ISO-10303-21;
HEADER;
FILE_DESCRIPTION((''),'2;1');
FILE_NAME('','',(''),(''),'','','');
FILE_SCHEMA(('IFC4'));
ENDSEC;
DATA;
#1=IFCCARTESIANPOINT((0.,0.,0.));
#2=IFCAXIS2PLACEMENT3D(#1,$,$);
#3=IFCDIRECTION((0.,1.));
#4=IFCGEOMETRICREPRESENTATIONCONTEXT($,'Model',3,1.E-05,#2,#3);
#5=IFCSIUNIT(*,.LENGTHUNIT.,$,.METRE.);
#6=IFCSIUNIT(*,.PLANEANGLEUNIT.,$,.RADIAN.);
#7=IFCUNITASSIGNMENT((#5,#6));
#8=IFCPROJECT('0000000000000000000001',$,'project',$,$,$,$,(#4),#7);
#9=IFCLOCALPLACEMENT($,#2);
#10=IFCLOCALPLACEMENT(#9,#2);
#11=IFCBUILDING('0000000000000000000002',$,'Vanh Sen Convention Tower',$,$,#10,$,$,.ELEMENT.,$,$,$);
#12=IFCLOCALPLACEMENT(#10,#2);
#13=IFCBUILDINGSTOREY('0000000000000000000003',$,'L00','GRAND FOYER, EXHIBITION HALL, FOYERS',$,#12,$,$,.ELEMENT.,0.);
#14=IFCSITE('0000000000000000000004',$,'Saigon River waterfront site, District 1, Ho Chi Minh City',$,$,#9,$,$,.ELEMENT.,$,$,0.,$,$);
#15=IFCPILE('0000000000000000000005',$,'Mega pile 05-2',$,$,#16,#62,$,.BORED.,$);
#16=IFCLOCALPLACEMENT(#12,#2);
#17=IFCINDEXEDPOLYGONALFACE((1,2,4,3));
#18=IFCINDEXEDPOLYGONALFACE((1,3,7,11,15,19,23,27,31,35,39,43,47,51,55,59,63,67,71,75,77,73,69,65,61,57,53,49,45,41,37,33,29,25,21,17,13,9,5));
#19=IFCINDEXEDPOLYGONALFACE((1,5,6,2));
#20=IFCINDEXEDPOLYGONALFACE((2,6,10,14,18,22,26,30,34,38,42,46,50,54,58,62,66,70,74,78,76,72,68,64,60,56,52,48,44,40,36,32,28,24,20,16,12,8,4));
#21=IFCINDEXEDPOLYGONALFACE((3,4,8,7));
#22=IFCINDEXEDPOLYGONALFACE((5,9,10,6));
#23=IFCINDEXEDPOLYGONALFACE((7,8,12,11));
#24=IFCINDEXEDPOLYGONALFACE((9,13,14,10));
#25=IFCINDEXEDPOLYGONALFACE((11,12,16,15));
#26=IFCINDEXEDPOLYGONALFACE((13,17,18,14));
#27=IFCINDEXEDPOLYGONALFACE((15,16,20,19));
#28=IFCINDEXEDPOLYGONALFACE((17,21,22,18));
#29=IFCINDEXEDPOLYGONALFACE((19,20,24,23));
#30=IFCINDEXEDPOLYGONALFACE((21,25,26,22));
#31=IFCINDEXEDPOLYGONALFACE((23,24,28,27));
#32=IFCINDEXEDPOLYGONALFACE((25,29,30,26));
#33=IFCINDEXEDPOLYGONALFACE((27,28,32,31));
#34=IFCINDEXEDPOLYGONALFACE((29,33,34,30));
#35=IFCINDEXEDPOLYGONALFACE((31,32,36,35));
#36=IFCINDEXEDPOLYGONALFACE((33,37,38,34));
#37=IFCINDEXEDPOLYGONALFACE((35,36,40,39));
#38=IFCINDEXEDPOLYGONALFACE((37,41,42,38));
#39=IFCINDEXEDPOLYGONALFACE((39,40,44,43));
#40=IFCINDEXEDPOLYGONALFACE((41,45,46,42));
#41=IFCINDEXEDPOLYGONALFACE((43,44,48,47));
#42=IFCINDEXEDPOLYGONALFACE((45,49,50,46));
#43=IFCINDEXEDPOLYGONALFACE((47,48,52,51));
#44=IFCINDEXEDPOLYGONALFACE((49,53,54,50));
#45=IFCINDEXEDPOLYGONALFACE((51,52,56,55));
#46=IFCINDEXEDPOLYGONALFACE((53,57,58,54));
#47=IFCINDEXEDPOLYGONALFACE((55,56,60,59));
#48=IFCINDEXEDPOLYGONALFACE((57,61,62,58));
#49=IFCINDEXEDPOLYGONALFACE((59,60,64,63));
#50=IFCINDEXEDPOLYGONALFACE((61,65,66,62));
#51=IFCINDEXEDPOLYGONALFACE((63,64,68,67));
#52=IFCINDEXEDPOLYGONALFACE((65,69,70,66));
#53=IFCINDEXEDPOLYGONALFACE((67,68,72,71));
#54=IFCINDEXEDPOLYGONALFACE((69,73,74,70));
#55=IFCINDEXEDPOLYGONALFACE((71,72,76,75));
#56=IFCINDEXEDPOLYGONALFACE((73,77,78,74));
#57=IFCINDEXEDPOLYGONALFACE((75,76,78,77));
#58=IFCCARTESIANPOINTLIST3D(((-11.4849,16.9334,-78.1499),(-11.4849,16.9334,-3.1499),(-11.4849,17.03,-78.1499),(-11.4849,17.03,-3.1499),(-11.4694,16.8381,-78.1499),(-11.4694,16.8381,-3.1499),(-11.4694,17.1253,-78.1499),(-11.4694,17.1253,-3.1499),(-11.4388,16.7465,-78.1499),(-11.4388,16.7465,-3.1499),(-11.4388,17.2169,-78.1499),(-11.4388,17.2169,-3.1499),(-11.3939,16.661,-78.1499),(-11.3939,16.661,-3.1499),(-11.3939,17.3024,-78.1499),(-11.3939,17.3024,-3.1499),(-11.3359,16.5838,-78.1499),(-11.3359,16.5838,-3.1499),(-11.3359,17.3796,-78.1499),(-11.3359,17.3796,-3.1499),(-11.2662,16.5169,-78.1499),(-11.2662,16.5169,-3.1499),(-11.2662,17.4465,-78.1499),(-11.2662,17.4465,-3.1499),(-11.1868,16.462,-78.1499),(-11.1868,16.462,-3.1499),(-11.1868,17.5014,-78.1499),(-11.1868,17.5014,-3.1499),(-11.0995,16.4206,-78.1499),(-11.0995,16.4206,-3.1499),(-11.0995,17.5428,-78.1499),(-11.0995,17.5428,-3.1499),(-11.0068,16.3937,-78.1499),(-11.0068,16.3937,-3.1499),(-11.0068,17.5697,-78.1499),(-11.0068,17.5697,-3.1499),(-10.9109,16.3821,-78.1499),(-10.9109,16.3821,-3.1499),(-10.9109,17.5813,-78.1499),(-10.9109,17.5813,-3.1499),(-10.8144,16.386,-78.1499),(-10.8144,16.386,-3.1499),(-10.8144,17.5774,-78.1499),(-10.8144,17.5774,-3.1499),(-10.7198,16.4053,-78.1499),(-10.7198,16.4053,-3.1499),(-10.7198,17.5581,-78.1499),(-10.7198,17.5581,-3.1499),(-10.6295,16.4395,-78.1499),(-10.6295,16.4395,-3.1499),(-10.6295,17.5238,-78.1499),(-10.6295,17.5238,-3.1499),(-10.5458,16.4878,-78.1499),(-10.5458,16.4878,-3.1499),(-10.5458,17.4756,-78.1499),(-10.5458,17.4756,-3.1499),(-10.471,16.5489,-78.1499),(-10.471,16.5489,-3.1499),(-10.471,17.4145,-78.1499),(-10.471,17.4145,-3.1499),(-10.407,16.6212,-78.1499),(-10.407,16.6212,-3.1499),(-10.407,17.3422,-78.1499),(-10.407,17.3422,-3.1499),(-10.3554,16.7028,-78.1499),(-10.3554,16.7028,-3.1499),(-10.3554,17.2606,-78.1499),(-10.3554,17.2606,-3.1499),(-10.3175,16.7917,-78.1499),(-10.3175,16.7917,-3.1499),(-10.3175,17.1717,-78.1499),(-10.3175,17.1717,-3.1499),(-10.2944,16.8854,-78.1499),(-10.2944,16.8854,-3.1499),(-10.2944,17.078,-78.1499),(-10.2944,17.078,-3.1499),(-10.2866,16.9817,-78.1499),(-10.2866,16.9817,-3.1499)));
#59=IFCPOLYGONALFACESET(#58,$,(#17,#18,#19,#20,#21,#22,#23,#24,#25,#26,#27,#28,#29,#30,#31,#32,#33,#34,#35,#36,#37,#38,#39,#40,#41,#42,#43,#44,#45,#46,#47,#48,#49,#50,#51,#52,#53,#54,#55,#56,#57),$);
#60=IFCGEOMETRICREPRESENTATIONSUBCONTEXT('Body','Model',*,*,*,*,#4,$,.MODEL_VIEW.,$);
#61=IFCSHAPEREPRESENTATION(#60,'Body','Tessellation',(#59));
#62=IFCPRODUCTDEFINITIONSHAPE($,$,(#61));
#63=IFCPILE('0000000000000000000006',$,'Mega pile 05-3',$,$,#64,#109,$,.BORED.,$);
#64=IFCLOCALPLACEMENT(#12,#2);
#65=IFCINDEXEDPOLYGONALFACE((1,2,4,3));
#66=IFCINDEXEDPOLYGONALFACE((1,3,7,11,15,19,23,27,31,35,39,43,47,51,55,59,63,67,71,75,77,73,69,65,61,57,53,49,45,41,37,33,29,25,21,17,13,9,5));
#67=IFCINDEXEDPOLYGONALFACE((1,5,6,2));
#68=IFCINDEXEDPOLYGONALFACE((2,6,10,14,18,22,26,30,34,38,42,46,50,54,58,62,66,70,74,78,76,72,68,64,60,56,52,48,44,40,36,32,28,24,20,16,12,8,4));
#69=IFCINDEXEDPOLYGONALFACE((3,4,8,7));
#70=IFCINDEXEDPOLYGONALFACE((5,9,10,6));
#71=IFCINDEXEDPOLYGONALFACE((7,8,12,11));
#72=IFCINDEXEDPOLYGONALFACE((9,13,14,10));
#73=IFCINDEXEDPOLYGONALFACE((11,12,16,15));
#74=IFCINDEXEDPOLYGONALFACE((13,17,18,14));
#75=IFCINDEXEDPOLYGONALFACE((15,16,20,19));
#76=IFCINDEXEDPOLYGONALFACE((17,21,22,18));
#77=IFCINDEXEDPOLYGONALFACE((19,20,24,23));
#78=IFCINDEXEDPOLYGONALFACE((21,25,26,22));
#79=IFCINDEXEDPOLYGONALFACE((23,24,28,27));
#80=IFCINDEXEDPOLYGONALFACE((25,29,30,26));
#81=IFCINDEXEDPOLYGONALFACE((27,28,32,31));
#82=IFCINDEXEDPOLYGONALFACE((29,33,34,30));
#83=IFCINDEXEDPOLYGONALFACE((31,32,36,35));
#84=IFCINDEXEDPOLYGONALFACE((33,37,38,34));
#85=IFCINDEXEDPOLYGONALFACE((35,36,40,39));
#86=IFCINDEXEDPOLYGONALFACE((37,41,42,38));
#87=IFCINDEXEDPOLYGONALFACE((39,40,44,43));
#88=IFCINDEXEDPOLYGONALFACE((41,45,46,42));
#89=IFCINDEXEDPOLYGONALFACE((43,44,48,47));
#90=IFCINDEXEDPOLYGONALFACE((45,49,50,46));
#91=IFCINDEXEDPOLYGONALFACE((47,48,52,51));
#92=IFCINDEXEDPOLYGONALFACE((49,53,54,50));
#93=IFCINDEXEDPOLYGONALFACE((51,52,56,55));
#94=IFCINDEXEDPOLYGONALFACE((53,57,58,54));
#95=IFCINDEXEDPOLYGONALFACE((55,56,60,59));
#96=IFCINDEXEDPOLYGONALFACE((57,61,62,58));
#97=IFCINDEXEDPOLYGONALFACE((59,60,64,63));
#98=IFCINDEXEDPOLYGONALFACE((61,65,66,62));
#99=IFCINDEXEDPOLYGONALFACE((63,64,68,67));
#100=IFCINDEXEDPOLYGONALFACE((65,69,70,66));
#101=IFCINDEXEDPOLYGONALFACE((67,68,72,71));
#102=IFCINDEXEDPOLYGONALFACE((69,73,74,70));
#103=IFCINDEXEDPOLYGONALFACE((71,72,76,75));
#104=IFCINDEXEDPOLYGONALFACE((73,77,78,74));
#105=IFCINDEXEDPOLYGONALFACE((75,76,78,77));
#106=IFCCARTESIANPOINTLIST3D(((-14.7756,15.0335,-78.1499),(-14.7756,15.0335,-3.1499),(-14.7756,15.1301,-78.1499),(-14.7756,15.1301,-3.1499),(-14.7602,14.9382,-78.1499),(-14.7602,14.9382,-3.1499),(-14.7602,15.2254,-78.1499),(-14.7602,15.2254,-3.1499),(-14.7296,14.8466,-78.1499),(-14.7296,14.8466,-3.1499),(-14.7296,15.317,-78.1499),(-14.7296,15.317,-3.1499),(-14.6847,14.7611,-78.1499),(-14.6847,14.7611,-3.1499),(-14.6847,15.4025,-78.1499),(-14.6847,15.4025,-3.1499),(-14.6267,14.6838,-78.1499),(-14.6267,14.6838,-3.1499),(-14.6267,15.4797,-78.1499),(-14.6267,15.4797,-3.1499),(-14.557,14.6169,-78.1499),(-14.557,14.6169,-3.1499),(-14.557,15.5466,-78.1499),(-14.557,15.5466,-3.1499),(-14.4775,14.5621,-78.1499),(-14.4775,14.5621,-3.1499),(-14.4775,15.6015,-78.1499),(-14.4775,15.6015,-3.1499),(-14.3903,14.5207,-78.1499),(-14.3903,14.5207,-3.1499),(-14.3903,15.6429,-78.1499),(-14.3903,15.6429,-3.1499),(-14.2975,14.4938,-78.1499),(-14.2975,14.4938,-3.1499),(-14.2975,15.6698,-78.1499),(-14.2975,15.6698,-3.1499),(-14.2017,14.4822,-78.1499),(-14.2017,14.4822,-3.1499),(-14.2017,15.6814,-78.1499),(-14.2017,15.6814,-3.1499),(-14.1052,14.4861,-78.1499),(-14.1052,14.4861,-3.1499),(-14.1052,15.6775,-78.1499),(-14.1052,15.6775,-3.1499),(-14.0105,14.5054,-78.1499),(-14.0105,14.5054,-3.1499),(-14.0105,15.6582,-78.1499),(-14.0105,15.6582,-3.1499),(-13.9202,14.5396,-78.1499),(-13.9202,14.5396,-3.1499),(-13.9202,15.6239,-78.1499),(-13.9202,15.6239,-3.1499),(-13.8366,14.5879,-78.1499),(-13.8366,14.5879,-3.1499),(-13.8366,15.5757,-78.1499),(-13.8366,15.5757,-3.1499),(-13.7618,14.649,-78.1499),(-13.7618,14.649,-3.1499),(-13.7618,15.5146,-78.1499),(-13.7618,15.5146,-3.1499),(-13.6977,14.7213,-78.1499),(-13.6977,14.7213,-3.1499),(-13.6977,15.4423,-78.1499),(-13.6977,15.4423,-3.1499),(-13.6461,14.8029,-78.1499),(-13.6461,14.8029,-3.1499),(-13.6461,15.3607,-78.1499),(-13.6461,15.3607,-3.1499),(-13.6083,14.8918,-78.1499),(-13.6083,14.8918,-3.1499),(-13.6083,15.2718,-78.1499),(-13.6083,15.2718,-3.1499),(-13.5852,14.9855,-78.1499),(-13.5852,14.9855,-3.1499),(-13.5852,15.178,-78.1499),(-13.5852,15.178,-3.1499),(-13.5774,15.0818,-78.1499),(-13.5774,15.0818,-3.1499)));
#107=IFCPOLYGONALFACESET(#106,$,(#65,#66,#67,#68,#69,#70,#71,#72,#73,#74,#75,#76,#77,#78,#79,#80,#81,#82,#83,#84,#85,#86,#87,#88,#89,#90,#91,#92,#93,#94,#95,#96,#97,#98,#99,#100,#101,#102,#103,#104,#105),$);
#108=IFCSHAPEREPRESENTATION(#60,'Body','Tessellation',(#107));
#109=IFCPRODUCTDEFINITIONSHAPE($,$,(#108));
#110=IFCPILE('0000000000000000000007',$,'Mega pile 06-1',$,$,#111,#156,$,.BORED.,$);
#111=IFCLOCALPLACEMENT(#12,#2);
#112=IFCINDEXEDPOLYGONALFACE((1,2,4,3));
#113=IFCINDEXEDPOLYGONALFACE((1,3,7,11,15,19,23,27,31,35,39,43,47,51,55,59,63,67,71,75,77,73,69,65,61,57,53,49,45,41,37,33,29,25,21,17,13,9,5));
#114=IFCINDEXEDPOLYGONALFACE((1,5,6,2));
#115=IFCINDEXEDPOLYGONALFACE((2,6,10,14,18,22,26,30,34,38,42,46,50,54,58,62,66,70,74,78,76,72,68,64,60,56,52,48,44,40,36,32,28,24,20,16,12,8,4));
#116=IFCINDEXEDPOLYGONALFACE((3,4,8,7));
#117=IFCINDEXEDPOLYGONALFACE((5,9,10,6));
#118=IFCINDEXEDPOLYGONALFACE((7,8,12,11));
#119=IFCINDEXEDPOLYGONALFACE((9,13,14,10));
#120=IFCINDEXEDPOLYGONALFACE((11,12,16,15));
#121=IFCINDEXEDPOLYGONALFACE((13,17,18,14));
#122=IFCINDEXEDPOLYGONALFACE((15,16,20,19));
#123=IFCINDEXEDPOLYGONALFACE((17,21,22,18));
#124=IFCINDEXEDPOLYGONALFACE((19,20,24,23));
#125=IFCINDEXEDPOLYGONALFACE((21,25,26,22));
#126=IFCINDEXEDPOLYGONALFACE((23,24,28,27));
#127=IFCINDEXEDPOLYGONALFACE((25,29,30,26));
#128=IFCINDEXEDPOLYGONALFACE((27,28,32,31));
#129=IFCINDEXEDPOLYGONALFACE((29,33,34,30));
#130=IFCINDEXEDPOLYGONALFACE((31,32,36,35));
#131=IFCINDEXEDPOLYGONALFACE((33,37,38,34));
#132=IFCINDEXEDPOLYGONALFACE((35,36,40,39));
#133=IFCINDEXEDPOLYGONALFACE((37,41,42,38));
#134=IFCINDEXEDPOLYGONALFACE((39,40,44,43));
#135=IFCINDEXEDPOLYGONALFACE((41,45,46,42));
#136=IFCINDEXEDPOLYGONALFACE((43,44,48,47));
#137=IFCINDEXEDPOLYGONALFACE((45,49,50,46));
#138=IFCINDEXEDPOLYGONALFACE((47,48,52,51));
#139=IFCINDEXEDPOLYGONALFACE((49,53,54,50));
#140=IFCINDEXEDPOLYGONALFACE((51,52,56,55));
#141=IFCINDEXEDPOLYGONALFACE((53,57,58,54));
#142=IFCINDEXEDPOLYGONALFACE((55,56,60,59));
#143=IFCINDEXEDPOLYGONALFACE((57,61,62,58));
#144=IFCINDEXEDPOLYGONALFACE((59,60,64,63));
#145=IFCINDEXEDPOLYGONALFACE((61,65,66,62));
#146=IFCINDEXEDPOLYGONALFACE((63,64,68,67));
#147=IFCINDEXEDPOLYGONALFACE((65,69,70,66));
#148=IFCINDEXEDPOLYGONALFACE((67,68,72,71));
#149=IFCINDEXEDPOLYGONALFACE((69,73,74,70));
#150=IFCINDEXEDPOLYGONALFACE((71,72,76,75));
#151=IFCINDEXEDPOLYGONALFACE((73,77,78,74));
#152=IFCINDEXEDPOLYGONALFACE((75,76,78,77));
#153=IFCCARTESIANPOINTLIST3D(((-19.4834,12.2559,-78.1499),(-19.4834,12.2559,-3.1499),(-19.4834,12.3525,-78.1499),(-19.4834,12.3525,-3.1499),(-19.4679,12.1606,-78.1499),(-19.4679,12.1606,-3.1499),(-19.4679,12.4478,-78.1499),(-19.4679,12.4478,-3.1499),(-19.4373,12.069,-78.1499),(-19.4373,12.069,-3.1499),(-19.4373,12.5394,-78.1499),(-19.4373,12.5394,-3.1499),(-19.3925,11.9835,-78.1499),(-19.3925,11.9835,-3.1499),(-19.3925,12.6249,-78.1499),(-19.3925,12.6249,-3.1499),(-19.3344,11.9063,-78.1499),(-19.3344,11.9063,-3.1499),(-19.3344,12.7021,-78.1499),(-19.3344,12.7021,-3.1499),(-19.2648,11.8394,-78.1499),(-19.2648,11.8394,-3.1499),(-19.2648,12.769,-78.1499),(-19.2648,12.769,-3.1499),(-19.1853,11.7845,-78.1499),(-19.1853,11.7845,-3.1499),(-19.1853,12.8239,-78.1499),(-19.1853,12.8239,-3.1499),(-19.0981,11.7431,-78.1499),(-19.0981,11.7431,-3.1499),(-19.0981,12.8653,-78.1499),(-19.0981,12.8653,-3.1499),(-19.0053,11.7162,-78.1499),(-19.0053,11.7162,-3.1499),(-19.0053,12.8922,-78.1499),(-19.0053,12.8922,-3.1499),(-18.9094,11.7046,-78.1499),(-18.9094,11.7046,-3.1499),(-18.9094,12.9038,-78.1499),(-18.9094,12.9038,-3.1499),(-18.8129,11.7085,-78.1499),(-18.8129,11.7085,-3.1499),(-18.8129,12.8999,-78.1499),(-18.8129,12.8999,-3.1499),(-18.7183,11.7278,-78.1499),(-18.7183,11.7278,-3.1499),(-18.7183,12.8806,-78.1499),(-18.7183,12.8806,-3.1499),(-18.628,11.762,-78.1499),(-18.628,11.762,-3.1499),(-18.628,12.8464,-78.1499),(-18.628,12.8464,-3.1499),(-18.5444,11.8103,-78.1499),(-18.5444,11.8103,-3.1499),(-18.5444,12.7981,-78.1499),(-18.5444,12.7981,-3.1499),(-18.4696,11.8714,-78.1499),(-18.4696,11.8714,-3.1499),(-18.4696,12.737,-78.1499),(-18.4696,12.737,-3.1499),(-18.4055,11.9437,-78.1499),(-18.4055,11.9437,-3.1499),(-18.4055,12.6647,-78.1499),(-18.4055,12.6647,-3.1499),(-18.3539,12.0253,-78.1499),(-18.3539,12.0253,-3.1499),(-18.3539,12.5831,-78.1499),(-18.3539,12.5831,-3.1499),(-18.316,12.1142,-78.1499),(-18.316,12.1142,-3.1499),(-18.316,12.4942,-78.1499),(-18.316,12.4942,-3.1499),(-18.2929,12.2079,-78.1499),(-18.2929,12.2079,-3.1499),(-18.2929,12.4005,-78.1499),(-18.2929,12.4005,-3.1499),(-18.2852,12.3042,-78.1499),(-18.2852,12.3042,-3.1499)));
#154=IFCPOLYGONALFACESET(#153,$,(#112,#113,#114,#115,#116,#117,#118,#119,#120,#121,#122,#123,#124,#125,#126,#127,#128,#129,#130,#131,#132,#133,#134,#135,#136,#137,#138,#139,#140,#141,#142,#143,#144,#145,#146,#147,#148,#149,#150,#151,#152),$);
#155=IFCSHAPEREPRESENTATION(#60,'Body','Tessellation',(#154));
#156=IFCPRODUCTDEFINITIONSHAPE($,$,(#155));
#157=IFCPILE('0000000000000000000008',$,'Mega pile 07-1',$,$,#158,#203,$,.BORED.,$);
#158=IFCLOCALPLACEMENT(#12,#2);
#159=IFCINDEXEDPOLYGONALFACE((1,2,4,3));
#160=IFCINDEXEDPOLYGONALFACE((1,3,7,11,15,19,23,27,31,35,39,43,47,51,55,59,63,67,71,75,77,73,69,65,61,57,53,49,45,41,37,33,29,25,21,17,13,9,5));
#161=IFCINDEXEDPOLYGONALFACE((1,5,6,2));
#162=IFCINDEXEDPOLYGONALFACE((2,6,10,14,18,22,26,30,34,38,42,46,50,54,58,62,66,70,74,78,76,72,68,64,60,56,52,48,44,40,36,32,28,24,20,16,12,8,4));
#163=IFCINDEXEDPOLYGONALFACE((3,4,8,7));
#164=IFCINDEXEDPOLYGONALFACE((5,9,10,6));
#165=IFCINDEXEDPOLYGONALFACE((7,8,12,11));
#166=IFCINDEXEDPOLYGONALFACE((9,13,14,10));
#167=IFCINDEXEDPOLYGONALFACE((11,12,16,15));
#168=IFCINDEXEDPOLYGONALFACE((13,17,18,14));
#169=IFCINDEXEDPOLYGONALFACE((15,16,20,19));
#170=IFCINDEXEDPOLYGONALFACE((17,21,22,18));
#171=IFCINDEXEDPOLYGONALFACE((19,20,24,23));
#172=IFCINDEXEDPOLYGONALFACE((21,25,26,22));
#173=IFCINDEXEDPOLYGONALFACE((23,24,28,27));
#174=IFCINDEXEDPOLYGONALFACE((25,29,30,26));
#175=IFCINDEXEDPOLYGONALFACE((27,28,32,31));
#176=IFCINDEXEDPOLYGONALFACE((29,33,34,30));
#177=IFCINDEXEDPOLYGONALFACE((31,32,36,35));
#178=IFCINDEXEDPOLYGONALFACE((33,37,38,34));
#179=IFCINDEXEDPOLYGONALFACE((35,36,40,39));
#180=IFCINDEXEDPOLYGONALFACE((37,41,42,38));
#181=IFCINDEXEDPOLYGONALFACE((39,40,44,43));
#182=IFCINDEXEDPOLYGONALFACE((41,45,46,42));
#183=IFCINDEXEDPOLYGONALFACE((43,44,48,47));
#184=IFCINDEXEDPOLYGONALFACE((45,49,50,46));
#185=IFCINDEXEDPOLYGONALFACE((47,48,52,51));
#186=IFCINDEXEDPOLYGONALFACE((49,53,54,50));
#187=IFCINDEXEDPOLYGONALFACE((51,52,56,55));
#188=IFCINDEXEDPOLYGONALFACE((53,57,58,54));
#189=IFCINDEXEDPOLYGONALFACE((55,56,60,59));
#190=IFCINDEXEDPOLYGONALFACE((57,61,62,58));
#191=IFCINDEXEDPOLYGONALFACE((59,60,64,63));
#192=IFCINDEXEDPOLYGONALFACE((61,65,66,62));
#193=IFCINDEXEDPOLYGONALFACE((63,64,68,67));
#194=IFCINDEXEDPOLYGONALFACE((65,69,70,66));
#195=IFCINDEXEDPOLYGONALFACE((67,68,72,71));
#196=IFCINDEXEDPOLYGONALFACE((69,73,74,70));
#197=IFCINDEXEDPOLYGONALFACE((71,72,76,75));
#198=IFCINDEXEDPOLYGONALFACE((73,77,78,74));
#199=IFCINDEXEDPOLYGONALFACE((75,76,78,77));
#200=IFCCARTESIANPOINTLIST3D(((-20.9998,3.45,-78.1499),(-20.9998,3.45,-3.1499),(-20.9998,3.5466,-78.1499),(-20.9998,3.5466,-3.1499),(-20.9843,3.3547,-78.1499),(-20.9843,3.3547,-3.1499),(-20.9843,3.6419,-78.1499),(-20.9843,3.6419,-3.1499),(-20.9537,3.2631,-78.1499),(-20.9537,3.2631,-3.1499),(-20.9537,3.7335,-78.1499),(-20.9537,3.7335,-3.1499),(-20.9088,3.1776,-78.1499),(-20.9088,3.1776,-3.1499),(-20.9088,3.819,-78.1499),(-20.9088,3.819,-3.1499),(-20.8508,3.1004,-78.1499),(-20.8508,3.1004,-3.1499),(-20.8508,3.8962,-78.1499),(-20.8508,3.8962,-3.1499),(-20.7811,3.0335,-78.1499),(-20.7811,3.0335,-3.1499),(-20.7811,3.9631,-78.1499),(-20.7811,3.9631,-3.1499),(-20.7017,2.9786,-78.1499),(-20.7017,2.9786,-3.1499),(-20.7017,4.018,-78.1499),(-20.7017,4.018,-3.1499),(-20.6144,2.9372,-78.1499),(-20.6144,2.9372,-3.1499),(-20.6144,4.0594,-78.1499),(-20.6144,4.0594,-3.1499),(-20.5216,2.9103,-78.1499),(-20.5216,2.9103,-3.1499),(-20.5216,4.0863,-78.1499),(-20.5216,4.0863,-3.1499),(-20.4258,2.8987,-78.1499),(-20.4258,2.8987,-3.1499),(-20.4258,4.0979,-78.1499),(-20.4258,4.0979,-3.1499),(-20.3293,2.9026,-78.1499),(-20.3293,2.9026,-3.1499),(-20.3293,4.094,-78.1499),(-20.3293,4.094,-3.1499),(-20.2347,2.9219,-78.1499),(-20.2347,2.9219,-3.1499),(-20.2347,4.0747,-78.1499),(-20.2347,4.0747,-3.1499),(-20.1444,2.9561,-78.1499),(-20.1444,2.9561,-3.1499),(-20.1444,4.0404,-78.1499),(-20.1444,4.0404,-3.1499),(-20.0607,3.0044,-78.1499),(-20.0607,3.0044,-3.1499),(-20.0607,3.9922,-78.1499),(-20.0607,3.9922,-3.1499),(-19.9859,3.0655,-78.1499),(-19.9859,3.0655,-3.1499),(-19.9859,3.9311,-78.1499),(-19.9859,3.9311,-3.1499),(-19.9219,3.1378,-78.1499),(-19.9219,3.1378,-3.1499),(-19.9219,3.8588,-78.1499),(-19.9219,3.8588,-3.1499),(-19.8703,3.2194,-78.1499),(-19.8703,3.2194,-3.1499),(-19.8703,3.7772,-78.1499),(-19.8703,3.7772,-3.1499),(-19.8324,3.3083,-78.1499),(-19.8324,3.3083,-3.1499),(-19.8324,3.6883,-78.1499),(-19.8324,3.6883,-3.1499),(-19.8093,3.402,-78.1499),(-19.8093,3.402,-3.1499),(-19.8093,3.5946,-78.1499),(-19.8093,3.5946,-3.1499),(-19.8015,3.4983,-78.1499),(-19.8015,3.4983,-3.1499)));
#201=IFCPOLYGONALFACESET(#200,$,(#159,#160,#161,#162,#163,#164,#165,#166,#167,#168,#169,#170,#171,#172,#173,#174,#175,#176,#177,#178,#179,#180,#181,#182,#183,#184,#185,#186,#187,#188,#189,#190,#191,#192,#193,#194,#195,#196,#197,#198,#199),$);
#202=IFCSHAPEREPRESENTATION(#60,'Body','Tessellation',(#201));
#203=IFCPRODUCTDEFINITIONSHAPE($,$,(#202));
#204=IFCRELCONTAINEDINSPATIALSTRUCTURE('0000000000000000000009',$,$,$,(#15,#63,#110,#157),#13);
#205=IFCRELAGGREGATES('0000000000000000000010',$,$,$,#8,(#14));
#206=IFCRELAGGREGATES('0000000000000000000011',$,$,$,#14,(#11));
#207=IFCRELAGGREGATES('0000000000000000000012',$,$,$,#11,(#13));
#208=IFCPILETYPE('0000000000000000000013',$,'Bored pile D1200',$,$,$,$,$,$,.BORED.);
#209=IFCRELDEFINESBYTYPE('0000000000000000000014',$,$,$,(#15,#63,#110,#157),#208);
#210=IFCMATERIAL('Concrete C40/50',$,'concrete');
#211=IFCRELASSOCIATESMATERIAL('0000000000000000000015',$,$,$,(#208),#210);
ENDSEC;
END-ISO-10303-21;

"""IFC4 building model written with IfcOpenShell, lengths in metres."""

from ifc_helpers import new_model, si_unit, direction, frame, origin, origin_2d, place, context, subcontext, project, spatial, circle, extrude, material, material_profile, profile_set, type_object, element, save


model = new_model("IFC4")

# Units and contexts
model_context = context("Model", 3, precision=1e-05, world=origin(), true_north=direction((0.0, 1.0)))
body_context = subcontext(model_context, "Body", "Model", "MODEL_VIEW")
ifc_project = project(units=[si_unit("LENGTHUNIT", "METRE"), si_unit("PLANEANGLEUNIT", "RADIAN")], contexts=[model_context])

# Site, building, storey
site_placement = place(None, origin())
site = spatial("IfcSite", under=ifc_project, at=site_placement, Name="Saigon River waterfront site, District 1, Ho Chi Minh City", CompositionType="ELEMENT", RefElevation=0.0)
building_placement = place(site_placement, origin())
building = spatial("IfcBuilding", under=site, at=building_placement, Name="Vanh Sen Convention Tower", CompositionType="ELEMENT")
storey_placement = place(building_placement, origin())
storey = spatial("IfcBuildingStorey", under=building, at=storey_placement, Name="L00", Description="GRAND FOYER, EXHIBITION HALL, FOYERS", CompositionType="ELEMENT", Elevation=0.0)

# Piles
ifc_material_1 = material(Name="Concrete C40/50", Category="concrete")
ifc_material_profile_1 = material_profile(ifc_material_1, circle(Radius=0.6001, at=origin_2d()), Name="Bored pile D1200")
ifc_profile_set_1 = profile_set([ifc_material_profile_1], Name="Concrete C40/50")
pile_type_1 = type_object("IfcPileType", Name="Bored pile D1200", PredefinedType="BORED", material=ifc_profile_set_1)
for number, where, z_axis, x_axis, name in (
    (1, (-10.8867, 16.9817, -3.1499), (0.0, 0.0, -1.0), (1.0, 0.0, 0.0), "Mega pile 05-2"),
    (2, (-14.1775, 15.0818, -3.1499), (0.0, 0.0, -1.0), (1.0, 0.0, 0.0), "Mega pile 05-3"),
    (3, (-18.8853, 12.3042, -3.1499), (0.0, 0.0, -1.0), (1.0, 0.0, 0.0), "Mega pile 06-1"),
    (4, (-20.4016, 3.4983, -3.1499), (0.0, 0.0, -1.0), (1.0, 0.0, 0.0), "Mega pile 07-1"),
):
    element("IfcPile", number, at=place(storey_placement, frame(where, z_axis=z_axis, x_axis=x_axis)), inside=storey, type_object=pile_type_1, Name=name, PredefinedType="BORED", context=body_context, shape_type="SweptSolid", body=[
        extrude(circle(Radius=0.6001, at=origin_2d()), origin(), (0.0, 0.0, 1.0), 75.0),
    ])

save(model, "model.ifc")
